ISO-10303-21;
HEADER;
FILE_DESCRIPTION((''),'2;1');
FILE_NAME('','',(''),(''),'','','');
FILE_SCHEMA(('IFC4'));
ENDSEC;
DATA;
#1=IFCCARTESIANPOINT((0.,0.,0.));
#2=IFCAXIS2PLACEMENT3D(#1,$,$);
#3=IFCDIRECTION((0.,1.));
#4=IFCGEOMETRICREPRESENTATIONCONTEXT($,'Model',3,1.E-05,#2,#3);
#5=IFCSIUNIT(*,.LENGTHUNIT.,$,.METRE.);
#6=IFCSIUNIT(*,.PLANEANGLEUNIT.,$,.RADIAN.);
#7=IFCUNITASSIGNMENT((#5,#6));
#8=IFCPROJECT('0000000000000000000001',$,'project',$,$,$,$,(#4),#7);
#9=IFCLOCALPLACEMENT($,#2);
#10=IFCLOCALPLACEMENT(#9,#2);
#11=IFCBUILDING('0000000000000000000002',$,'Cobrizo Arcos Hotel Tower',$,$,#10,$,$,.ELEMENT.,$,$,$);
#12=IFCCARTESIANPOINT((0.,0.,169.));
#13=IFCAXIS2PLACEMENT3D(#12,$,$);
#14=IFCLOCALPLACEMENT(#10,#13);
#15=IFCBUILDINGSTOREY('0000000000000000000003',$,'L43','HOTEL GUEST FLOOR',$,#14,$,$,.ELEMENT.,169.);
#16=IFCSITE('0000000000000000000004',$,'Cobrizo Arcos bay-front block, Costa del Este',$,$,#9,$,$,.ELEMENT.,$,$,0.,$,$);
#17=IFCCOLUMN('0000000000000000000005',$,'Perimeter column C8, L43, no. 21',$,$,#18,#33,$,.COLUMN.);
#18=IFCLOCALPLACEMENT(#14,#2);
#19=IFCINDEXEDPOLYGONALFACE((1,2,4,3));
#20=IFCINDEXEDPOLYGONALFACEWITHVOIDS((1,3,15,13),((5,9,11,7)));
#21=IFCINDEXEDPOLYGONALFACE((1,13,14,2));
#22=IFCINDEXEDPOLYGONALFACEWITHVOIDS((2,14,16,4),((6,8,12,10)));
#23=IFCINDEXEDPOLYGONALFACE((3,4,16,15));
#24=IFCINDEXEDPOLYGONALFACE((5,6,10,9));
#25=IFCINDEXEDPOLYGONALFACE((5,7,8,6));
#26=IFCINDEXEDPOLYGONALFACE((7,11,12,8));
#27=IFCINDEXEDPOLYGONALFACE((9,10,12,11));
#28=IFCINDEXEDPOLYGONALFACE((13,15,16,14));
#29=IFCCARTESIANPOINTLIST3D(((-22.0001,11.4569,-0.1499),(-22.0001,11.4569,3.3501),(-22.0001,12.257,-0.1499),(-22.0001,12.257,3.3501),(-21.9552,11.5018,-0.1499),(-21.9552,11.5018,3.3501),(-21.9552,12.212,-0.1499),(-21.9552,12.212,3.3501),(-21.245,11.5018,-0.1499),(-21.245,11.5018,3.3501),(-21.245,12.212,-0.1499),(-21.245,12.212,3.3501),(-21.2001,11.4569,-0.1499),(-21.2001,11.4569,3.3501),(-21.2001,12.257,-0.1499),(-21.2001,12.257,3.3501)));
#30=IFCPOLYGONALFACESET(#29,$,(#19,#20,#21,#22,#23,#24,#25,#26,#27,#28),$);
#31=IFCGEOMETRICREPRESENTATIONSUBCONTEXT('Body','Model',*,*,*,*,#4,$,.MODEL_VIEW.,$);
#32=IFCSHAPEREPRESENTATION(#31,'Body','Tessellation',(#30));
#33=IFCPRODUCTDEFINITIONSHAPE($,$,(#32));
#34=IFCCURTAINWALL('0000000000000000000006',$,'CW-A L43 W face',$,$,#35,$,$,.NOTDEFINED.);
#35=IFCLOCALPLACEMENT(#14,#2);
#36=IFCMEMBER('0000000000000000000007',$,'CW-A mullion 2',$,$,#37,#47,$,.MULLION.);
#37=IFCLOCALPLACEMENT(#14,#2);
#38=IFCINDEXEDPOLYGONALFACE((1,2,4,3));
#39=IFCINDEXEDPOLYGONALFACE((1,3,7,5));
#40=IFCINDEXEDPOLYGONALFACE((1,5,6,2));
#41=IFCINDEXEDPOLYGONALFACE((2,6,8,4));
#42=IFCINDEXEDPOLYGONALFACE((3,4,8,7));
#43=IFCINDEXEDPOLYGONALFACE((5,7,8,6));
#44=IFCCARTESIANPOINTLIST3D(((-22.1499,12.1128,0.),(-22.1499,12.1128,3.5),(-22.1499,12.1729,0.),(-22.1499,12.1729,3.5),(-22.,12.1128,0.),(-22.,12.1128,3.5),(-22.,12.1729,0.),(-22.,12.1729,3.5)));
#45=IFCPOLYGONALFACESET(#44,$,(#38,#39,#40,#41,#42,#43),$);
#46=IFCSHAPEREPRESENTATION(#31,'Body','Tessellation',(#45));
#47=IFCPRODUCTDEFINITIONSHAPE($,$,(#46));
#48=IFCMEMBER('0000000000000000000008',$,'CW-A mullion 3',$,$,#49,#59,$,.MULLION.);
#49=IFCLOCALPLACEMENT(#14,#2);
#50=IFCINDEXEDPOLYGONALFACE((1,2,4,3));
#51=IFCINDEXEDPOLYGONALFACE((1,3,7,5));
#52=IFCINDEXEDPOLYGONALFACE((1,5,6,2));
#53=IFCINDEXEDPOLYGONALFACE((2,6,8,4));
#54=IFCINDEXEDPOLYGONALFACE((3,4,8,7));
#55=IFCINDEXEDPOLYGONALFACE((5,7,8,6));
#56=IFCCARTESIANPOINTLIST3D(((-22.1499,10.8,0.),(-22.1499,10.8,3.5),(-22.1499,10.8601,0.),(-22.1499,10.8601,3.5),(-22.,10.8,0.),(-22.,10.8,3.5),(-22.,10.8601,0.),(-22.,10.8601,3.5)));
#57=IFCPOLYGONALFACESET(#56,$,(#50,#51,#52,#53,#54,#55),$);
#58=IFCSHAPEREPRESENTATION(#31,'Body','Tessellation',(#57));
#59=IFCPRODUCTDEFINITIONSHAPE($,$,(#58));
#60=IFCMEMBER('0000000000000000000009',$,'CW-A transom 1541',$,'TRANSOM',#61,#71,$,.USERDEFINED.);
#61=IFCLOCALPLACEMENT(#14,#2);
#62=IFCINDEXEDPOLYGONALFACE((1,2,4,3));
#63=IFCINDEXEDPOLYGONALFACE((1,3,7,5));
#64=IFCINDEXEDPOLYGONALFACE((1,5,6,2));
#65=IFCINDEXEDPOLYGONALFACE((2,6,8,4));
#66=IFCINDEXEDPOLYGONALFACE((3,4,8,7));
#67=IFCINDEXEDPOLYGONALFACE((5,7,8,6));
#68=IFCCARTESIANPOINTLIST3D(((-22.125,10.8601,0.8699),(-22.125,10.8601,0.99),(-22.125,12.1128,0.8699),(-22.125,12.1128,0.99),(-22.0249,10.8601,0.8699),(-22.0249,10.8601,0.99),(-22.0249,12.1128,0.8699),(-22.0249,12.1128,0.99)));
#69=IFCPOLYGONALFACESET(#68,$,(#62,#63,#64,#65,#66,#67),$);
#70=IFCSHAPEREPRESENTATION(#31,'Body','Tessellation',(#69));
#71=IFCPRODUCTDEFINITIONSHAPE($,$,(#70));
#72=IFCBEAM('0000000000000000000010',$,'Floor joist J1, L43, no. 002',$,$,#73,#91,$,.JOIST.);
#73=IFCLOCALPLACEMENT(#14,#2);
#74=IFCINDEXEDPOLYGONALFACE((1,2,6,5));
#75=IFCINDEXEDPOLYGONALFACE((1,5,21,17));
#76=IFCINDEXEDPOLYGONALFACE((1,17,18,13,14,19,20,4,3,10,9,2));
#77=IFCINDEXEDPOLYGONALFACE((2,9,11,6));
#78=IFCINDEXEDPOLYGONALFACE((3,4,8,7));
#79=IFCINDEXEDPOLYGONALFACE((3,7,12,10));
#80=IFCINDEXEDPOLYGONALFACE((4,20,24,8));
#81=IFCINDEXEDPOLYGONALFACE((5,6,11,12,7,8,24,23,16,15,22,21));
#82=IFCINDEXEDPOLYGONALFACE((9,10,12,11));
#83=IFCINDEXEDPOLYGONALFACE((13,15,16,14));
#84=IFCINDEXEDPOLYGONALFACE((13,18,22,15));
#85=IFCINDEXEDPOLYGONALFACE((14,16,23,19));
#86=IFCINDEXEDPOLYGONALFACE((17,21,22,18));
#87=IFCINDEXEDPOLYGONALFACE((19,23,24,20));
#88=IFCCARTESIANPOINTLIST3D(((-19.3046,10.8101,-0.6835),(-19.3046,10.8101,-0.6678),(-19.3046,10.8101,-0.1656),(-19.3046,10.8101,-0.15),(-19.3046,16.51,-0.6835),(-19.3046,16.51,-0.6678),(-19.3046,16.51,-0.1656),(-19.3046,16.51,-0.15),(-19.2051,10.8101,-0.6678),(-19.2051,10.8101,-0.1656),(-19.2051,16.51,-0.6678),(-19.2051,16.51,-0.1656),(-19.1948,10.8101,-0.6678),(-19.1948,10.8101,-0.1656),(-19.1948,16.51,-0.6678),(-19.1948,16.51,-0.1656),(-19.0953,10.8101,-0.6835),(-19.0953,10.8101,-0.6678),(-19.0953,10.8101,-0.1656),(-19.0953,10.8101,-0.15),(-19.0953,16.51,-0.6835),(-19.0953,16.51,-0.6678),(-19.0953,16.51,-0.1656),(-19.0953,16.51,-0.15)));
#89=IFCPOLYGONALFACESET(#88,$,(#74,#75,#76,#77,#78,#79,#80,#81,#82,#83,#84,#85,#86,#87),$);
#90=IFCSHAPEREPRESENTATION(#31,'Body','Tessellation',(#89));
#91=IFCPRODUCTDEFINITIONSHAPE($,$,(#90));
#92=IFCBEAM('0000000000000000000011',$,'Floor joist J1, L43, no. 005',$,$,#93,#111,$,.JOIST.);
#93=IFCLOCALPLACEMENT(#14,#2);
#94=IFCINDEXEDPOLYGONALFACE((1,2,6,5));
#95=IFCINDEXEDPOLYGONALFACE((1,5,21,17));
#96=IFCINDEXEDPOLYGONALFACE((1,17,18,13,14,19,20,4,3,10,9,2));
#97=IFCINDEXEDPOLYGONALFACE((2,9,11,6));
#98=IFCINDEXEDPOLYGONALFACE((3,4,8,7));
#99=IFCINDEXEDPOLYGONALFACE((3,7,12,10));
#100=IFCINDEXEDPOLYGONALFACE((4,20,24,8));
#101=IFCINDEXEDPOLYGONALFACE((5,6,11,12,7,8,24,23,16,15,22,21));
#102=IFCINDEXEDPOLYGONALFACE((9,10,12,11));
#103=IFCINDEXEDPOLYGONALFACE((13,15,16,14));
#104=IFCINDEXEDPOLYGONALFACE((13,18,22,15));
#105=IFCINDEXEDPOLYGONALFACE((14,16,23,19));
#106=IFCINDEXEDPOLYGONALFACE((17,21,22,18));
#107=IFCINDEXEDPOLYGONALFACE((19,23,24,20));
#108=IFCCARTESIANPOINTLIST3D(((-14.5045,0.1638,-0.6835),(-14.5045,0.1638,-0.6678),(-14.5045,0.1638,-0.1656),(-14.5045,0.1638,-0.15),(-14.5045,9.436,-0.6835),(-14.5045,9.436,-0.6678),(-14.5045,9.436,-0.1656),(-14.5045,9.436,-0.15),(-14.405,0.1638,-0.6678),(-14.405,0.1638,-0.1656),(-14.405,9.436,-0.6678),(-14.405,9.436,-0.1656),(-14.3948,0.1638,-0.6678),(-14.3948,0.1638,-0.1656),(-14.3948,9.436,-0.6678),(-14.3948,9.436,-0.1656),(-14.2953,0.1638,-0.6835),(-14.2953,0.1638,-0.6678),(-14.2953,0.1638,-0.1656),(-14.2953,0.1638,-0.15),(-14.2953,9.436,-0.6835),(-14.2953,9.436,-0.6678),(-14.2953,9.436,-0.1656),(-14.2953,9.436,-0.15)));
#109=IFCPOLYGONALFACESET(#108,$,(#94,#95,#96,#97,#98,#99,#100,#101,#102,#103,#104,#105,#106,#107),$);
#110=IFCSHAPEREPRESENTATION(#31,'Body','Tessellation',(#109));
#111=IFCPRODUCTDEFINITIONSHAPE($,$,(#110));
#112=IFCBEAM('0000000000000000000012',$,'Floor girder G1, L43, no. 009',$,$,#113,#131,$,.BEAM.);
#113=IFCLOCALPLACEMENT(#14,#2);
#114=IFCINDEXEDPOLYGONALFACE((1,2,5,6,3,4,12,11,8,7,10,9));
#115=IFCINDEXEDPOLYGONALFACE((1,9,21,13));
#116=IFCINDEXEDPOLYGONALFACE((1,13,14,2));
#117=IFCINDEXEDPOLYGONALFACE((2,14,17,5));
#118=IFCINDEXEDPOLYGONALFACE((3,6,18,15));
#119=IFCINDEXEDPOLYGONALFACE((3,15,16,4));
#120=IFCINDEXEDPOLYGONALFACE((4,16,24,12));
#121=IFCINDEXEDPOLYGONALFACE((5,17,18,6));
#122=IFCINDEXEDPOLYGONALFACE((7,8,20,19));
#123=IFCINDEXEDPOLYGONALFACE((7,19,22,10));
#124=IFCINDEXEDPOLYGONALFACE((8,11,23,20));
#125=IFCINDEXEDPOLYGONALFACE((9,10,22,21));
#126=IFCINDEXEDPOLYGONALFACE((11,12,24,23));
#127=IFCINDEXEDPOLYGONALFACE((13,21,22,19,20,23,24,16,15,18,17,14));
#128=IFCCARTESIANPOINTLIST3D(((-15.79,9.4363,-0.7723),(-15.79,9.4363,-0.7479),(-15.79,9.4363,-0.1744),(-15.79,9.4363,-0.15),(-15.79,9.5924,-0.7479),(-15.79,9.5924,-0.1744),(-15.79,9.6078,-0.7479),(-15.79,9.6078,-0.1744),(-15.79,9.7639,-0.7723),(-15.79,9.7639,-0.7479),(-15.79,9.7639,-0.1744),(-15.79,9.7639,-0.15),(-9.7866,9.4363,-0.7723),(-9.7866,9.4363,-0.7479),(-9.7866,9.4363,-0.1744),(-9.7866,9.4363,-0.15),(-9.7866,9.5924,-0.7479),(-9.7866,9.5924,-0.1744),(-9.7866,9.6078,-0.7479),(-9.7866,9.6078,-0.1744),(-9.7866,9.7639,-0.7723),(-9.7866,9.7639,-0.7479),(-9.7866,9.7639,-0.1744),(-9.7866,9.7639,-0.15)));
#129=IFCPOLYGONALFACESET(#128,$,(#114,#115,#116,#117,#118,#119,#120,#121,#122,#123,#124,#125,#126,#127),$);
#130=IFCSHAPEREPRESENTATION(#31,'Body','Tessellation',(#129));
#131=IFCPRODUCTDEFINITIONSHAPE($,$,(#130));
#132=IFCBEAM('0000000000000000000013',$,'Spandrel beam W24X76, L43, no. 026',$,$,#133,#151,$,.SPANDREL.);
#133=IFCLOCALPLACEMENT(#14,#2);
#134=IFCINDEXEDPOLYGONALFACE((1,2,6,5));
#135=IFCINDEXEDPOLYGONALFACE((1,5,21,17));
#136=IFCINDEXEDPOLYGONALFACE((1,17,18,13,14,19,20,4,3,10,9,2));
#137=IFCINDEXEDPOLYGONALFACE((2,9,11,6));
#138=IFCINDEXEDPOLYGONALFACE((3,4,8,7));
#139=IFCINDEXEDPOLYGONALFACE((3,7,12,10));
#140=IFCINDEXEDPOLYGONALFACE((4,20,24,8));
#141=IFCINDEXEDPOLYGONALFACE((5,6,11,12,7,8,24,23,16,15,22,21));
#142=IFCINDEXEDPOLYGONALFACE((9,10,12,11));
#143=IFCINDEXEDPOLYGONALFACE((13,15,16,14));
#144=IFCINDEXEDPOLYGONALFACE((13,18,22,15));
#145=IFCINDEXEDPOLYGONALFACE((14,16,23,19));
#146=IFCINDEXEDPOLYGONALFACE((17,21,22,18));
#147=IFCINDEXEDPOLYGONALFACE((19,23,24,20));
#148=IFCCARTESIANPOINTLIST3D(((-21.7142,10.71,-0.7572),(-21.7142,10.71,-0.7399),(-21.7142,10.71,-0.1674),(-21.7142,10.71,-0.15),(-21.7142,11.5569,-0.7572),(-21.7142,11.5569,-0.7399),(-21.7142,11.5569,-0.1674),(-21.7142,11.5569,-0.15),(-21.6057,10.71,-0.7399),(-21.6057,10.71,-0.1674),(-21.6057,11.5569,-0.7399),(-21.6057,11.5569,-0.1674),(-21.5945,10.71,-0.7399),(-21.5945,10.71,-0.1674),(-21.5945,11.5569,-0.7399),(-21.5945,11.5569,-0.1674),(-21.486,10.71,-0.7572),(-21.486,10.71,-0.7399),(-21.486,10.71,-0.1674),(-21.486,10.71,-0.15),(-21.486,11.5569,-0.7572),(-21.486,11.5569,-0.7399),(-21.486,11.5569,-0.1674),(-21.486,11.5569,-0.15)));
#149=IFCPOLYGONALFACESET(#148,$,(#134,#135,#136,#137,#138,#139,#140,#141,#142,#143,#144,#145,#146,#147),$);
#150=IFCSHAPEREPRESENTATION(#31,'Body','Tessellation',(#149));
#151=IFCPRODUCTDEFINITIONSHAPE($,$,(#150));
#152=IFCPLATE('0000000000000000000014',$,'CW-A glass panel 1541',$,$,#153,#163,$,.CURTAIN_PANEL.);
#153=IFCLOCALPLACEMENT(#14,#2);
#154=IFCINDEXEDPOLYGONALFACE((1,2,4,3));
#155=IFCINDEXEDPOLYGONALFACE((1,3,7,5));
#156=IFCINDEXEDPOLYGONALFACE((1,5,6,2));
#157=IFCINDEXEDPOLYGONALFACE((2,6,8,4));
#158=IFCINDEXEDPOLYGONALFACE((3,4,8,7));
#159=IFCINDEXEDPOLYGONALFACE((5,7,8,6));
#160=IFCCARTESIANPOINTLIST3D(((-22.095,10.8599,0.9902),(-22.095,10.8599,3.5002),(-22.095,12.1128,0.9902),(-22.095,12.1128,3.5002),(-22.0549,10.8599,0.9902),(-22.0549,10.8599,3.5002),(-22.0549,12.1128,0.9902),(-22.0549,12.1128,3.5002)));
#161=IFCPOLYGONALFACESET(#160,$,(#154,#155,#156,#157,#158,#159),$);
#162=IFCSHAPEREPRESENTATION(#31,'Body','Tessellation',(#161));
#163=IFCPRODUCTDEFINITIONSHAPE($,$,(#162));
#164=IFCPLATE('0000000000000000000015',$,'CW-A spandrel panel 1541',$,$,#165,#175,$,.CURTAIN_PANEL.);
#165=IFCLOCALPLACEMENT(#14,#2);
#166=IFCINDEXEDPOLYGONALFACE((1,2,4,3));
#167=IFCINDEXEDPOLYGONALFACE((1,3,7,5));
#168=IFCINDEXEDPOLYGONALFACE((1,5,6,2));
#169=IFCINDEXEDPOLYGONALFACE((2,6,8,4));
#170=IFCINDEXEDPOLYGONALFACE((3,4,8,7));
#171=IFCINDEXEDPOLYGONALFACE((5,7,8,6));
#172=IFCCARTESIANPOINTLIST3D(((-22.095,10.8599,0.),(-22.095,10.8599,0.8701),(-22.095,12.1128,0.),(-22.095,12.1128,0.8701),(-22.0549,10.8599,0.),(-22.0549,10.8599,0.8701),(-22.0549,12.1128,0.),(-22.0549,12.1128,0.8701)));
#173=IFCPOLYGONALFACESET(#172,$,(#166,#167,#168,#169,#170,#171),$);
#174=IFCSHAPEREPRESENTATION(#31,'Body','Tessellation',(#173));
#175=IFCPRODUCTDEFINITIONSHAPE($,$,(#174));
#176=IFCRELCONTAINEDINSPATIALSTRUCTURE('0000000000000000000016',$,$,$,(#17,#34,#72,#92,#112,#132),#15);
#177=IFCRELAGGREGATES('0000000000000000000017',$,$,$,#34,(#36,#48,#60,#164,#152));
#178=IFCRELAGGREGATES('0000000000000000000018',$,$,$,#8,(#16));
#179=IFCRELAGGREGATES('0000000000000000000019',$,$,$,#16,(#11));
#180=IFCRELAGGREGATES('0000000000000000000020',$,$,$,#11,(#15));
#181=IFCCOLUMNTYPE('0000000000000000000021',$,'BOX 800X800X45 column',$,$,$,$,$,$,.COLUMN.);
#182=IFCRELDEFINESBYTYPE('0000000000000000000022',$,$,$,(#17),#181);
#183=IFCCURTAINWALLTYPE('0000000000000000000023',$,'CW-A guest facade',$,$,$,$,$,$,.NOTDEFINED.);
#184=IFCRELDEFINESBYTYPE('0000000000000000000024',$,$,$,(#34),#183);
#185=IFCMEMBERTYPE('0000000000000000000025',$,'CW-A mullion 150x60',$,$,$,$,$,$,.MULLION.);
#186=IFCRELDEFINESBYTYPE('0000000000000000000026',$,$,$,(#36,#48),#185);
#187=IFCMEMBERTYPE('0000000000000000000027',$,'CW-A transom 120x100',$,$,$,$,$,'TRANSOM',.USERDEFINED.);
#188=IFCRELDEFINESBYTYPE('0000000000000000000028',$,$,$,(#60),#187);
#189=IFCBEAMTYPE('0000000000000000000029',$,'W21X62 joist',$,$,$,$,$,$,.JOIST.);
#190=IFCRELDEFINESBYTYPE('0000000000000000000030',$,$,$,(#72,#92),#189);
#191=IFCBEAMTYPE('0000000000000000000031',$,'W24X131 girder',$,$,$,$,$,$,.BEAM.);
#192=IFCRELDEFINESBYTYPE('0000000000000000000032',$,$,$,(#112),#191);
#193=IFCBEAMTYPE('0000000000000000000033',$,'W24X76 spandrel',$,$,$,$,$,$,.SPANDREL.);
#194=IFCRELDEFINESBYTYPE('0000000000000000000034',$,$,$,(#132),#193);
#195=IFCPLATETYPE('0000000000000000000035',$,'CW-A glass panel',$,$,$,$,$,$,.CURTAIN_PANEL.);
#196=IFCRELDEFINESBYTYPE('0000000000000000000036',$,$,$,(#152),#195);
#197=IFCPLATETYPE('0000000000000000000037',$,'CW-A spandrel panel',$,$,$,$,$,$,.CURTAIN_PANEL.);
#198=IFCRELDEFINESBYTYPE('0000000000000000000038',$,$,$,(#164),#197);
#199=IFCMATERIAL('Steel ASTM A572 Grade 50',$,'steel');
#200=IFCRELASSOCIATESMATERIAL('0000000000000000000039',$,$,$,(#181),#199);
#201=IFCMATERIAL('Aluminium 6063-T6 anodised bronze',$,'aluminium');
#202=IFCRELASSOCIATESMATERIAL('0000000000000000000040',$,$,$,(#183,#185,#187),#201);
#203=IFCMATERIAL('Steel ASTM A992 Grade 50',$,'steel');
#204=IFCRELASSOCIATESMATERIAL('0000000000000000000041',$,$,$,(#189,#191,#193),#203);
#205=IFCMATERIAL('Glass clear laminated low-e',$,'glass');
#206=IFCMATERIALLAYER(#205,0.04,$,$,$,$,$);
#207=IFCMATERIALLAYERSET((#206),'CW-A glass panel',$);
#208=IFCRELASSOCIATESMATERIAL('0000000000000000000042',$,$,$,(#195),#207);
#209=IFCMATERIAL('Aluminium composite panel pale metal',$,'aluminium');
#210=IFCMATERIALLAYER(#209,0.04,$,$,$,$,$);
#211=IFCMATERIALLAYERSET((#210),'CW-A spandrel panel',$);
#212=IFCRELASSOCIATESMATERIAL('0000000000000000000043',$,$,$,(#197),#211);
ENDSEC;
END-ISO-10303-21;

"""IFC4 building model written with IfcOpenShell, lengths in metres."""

from ifc_helpers import new_model, si_unit, direction, frame, origin, origin_2d, place, context, subcontext, project, spatial, rectangle, hollow_rectangle, i_section, extrude, material, layer, layer_set, material_profile, profile_set, type_object, element, aggregate, save


model = new_model("IFC4")

# Units and contexts
model_context = context("Model", 3, precision=1e-05, world=origin(), true_north=direction((0.0, 1.0)))
body_context = subcontext(model_context, "Body", "Model", "MODEL_VIEW")
ifc_project = project(units=[si_unit("LENGTHUNIT", "METRE"), si_unit("PLANEANGLEUNIT", "RADIAN")], contexts=[model_context])

# Site, building, storey
site_placement = place(None, origin())
site = spatial("IfcSite", under=ifc_project, at=site_placement, Name="Cobrizo Arcos bay-front block, Costa del Este", CompositionType="ELEMENT", RefElevation=0.0)
building_placement = place(site_placement, origin())
building = spatial("IfcBuilding", under=site, at=building_placement, Name="Cobrizo Arcos Hotel Tower", CompositionType="ELEMENT")
storey_placement = place(building_placement, frame((0.0, 0.0, 169.0)))
storey = spatial("IfcBuildingStorey", under=building, at=storey_placement, Name="L43", Description="HOTEL GUEST FLOOR", CompositionType="ELEMENT", Elevation=169.0)

# Column
ifc_material_1 = material(Name="Steel ASTM A572 Grade 50", Category="steel")
ifc_material_profile_1 = material_profile(ifc_material_1, hollow_rectangle(XDim=0.8, YDim=0.8, WallThickness=0.0449, at=origin_2d()), Name="BOX 800X800X45")
ifc_profile_set_1 = profile_set([ifc_material_profile_1], Name="Steel ASTM A572 Grade 50")
column_type = type_object("IfcColumnType", Name="BOX 800X800X45 column", PredefinedType="COLUMN", material=ifc_profile_set_1)
column_placement = place(storey_placement, frame((-21.6001, 11.8569, -0.1499), z_axis=(0.0, 0.0, 1.0), x_axis=(1.0, 0.0, 0.0)))
element("IfcColumn", 1, at=column_placement, inside=storey, type_object=column_type, Name="Perimeter column C8, L43, no. 21", PredefinedType="COLUMN", context=body_context, shape_type="SweptSolid", body=[
    extrude(hollow_rectangle(XDim=0.8, YDim=0.8, WallThickness=0.0449, at=origin_2d()), origin(), (0.0, 0.0, 1.0), 3.5),
])

# Curtain wall, members
ifc_material_2 = material(Name="Aluminium 6063-T6 anodised bronze", Category="aluminium")
curtain_wall_type = type_object("IfcCurtainWallType", Name="CW-A guest facade", PredefinedType="NOTDEFINED", material=ifc_material_2)
curtain_wall_placement = place(storey_placement, origin())
curtain_wall = element("IfcCurtainWall", 2, at=curtain_wall_placement, inside=storey, type_object=curtain_wall_type, Name="CW-A L43 W face", PredefinedType="NOTDEFINED")
ifc_material_profile_2 = material_profile(ifc_material_2, rectangle(XDim=0.1499, YDim=0.0601, at=origin_2d()), Name="CW-A mullion 150x60")
ifc_profile_set_2 = profile_set([ifc_material_profile_2], Name="Aluminium 6063-T6 anodised bronze")
member_type_1 = type_object("IfcMemberType", Name="CW-A mullion 150x60", PredefinedType="MULLION", material=ifc_profile_set_2)
member_1_placement = place(storey_placement, frame((-22.075, 12.1428, 0.0), z_axis=(0.0, 0.0, 1.0), x_axis=(-1.0, 0.0, 0.0)))
member_1 = element("IfcMember", 3, at=member_1_placement, type_object=member_type_1, Name="CW-A mullion 2", PredefinedType="MULLION", context=body_context, shape_type="SweptSolid", body=[
    extrude(rectangle(XDim=0.1499, YDim=0.0601, at=origin_2d()), origin(), (0.0, 0.0, 1.0), 3.5),
])
member_2_placement = place(storey_placement, frame((-22.075, 10.8301, 0.0), z_axis=(0.0, 0.0, 1.0), x_axis=(-1.0, 0.0, 0.0)))
member_2 = element("IfcMember", 4, at=member_2_placement, type_object=member_type_1, Name="CW-A mullion 3", PredefinedType="MULLION", context=body_context, shape_type="SweptSolid", body=[
    extrude(rectangle(XDim=0.1499, YDim=0.0601, at=origin_2d()), origin(), (0.0, 0.0, 1.0), 3.5),
])
ifc_material_profile_3 = material_profile(ifc_material_2, rectangle(XDim=0.1001, YDim=0.1201, at=origin_2d()), Name="CW-A transom 120x100")
ifc_profile_set_3 = profile_set([ifc_material_profile_3], Name="Aluminium 6063-T6 anodised bronze")
member_type_2 = type_object("IfcMemberType", Name="CW-A transom 120x100", ElementType="TRANSOM", PredefinedType="USERDEFINED", material=ifc_profile_set_3)
member_3_placement = place(storey_placement, frame((-22.075, 12.1128, 0.9299), z_axis=(0.0, -1.0, 0.0), x_axis=(1.0, 0.0, 0.0)))
member_3 = element("IfcMember", 5, at=member_3_placement, type_object=member_type_2, Name="CW-A transom 1541", ObjectType="TRANSOM", PredefinedType="USERDEFINED", context=body_context, shape_type="SweptSolid", body=[
    extrude(rectangle(XDim=0.1001, YDim=0.1201, at=origin_2d()), origin(), (0.0, 0.0, 1.0), 1.2527),
])

# Beams
ifc_material_3 = material(Name="Steel ASTM A992 Grade 50", Category="steel")
ifc_material_profile_4 = material_profile(ifc_material_3, i_section(OverallWidth=0.2092, OverallDepth=0.5334, WebThickness=0.0103, FlangeThickness=0.0156, at=origin_2d()), Name="W21X62")
ifc_profile_set_4 = profile_set([ifc_material_profile_4], Name="Steel ASTM A992 Grade 50")
beam_type_1 = type_object("IfcBeamType", Name="W21X62 joist", PredefinedType="JOIST", material=ifc_profile_set_4)
beam_1_placement = place(storey_placement, frame((-19.2, 10.8101, -0.4167), z_axis=(0.0, 1.0, 0.0), x_axis=(-1.0, 0.0, 0.0)))
element("IfcBeam", 6, at=beam_1_placement, inside=storey, type_object=beam_type_1, Name="Floor joist J1, L43, no. 002", PredefinedType="JOIST", context=body_context, shape_type="SweptSolid", body=[
    extrude(i_section(OverallWidth=0.2092, OverallDepth=0.5334, WebThickness=0.0103, FlangeThickness=0.0156, at=origin_2d()), origin(), (0.0, 0.0, 1.0), 5.7),
])
beam_2_placement = place(storey_placement, frame((-14.3999, 0.1638, -0.4167), z_axis=(0.0, 1.0, 0.0), x_axis=(-1.0, 0.0, 0.0)))
element("IfcBeam", 7, at=beam_2_placement, inside=storey, type_object=beam_type_1, Name="Floor joist J1, L43, no. 005", PredefinedType="JOIST", context=body_context, shape_type="SweptSolid", body=[
    extrude(i_section(OverallWidth=0.2092, OverallDepth=0.5334, WebThickness=0.0103, FlangeThickness=0.0156, at=origin_2d()), origin(), (0.0, 0.0, 1.0), 9.2722),
])
ifc_material_profile_5 = material_profile(ifc_material_3, i_section(OverallWidth=0.3276, OverallDepth=0.6223, WebThickness=0.0154, FlangeThickness=0.0244, at=origin_2d()), Name="W24X131")
ifc_profile_set_5 = profile_set([ifc_material_profile_5], Name="Steel ASTM A992 Grade 50")
beam_type_2 = type_object("IfcBeamType", Name="W24X131 girder", PredefinedType="BEAM", material=ifc_profile_set_5)
beam_3_placement = place(storey_placement, frame((-15.79, 9.6001, -0.4612), z_axis=(1.0, 0.0, 0.0), x_axis=(0.0, 1.0, 0.0)))
element("IfcBeam", 8, at=beam_3_placement, inside=storey, type_object=beam_type_2, Name="Floor girder G1, L43, no. 009", PredefinedType="BEAM", context=body_context, shape_type="SweptSolid", body=[
    extrude(i_section(OverallWidth=0.3276, OverallDepth=0.6223, WebThickness=0.0154, FlangeThickness=0.0244, at=origin_2d()), origin(), (0.0, 0.0, 1.0), 6.0034),
])
ifc_material_profile_6 = material_profile(ifc_material_3, i_section(OverallWidth=0.2283, OverallDepth=0.6072, WebThickness=0.0112, FlangeThickness=0.0173, at=origin_2d()), Name="W24X76")
ifc_profile_set_6 = profile_set([ifc_material_profile_6], Name="Steel ASTM A992 Grade 50")
beam_type_3 = type_object("IfcBeamType", Name="W24X76 spandrel", PredefinedType="SPANDREL", material=ifc_profile_set_6)
beam_4_placement = place(storey_placement, frame((-21.6001, 11.5569, -0.4536), z_axis=(0.0, -1.0, 0.0), x_axis=(1.0, 0.0, 0.0)))
element("IfcBeam", 9, at=beam_4_placement, inside=storey, type_object=beam_type_3, Name="Spandrel beam W24X76, L43, no. 026", PredefinedType="SPANDREL", context=body_context, shape_type="SweptSolid", body=[
    extrude(i_section(OverallWidth=0.2283, OverallDepth=0.6072, WebThickness=0.0112, FlangeThickness=0.0173, at=origin_2d()), origin(), (0.0, 0.0, 1.0), 0.8469),
])

# Plates
ifc_material_4 = material(Name="Glass clear laminated low-e", Category="glass")
ifc_layer_1 = layer(ifc_material_4, 0.04)
ifc_layer_set_1 = layer_set([ifc_layer_1], Name="CW-A glass panel")
plate_type_1 = type_object("IfcPlateType", Name="CW-A glass panel", PredefinedType="CURTAIN_PANEL", material=ifc_layer_set_1)
plate_1_placement = place(storey_placement, frame((-22.075, 11.4863, 0.9902), z_axis=(0.0, 0.0, 1.0), x_axis=(0.0, -1.0, 0.0)))
plate_1 = element("IfcPlate", 10, at=plate_1_placement, type_object=plate_type_1, Name="CW-A glass panel 1541", PredefinedType="CURTAIN_PANEL", context=body_context, shape_type="SweptSolid", body=[
    extrude(rectangle(XDim=1.2529, YDim=0.04, at=origin_2d()), origin(), (0.0, 0.0, 1.0), 2.51),
])
ifc_material_5 = material(Name="Aluminium composite panel pale metal", Category="aluminium")
ifc_layer_2 = layer(ifc_material_5, 0.04)
ifc_layer_set_2 = layer_set([ifc_layer_2], Name="CW-A spandrel panel")
plate_type_2 = type_object("IfcPlateType", Name="CW-A spandrel panel", PredefinedType="CURTAIN_PANEL", material=ifc_layer_set_2)
plate_2_placement = place(storey_placement, frame((-22.075, 11.4863, 0.0), z_axis=(0.0, 0.0, 1.0), x_axis=(0.0, -1.0, 0.0)))
plate_2 = element("IfcPlate", 11, at=plate_2_placement, type_object=plate_type_2, Name="CW-A spandrel panel 1541", PredefinedType="CURTAIN_PANEL", context=body_context, shape_type="SweptSolid", body=[
    extrude(rectangle(XDim=1.2529, YDim=0.04, at=origin_2d()), origin(), (0.0, 0.0, 1.0), 0.8701),
])
aggregate(curtain_wall, [member_1, member_2, member_3, plate_2, plate_1])

save(model, "model.ifc")
